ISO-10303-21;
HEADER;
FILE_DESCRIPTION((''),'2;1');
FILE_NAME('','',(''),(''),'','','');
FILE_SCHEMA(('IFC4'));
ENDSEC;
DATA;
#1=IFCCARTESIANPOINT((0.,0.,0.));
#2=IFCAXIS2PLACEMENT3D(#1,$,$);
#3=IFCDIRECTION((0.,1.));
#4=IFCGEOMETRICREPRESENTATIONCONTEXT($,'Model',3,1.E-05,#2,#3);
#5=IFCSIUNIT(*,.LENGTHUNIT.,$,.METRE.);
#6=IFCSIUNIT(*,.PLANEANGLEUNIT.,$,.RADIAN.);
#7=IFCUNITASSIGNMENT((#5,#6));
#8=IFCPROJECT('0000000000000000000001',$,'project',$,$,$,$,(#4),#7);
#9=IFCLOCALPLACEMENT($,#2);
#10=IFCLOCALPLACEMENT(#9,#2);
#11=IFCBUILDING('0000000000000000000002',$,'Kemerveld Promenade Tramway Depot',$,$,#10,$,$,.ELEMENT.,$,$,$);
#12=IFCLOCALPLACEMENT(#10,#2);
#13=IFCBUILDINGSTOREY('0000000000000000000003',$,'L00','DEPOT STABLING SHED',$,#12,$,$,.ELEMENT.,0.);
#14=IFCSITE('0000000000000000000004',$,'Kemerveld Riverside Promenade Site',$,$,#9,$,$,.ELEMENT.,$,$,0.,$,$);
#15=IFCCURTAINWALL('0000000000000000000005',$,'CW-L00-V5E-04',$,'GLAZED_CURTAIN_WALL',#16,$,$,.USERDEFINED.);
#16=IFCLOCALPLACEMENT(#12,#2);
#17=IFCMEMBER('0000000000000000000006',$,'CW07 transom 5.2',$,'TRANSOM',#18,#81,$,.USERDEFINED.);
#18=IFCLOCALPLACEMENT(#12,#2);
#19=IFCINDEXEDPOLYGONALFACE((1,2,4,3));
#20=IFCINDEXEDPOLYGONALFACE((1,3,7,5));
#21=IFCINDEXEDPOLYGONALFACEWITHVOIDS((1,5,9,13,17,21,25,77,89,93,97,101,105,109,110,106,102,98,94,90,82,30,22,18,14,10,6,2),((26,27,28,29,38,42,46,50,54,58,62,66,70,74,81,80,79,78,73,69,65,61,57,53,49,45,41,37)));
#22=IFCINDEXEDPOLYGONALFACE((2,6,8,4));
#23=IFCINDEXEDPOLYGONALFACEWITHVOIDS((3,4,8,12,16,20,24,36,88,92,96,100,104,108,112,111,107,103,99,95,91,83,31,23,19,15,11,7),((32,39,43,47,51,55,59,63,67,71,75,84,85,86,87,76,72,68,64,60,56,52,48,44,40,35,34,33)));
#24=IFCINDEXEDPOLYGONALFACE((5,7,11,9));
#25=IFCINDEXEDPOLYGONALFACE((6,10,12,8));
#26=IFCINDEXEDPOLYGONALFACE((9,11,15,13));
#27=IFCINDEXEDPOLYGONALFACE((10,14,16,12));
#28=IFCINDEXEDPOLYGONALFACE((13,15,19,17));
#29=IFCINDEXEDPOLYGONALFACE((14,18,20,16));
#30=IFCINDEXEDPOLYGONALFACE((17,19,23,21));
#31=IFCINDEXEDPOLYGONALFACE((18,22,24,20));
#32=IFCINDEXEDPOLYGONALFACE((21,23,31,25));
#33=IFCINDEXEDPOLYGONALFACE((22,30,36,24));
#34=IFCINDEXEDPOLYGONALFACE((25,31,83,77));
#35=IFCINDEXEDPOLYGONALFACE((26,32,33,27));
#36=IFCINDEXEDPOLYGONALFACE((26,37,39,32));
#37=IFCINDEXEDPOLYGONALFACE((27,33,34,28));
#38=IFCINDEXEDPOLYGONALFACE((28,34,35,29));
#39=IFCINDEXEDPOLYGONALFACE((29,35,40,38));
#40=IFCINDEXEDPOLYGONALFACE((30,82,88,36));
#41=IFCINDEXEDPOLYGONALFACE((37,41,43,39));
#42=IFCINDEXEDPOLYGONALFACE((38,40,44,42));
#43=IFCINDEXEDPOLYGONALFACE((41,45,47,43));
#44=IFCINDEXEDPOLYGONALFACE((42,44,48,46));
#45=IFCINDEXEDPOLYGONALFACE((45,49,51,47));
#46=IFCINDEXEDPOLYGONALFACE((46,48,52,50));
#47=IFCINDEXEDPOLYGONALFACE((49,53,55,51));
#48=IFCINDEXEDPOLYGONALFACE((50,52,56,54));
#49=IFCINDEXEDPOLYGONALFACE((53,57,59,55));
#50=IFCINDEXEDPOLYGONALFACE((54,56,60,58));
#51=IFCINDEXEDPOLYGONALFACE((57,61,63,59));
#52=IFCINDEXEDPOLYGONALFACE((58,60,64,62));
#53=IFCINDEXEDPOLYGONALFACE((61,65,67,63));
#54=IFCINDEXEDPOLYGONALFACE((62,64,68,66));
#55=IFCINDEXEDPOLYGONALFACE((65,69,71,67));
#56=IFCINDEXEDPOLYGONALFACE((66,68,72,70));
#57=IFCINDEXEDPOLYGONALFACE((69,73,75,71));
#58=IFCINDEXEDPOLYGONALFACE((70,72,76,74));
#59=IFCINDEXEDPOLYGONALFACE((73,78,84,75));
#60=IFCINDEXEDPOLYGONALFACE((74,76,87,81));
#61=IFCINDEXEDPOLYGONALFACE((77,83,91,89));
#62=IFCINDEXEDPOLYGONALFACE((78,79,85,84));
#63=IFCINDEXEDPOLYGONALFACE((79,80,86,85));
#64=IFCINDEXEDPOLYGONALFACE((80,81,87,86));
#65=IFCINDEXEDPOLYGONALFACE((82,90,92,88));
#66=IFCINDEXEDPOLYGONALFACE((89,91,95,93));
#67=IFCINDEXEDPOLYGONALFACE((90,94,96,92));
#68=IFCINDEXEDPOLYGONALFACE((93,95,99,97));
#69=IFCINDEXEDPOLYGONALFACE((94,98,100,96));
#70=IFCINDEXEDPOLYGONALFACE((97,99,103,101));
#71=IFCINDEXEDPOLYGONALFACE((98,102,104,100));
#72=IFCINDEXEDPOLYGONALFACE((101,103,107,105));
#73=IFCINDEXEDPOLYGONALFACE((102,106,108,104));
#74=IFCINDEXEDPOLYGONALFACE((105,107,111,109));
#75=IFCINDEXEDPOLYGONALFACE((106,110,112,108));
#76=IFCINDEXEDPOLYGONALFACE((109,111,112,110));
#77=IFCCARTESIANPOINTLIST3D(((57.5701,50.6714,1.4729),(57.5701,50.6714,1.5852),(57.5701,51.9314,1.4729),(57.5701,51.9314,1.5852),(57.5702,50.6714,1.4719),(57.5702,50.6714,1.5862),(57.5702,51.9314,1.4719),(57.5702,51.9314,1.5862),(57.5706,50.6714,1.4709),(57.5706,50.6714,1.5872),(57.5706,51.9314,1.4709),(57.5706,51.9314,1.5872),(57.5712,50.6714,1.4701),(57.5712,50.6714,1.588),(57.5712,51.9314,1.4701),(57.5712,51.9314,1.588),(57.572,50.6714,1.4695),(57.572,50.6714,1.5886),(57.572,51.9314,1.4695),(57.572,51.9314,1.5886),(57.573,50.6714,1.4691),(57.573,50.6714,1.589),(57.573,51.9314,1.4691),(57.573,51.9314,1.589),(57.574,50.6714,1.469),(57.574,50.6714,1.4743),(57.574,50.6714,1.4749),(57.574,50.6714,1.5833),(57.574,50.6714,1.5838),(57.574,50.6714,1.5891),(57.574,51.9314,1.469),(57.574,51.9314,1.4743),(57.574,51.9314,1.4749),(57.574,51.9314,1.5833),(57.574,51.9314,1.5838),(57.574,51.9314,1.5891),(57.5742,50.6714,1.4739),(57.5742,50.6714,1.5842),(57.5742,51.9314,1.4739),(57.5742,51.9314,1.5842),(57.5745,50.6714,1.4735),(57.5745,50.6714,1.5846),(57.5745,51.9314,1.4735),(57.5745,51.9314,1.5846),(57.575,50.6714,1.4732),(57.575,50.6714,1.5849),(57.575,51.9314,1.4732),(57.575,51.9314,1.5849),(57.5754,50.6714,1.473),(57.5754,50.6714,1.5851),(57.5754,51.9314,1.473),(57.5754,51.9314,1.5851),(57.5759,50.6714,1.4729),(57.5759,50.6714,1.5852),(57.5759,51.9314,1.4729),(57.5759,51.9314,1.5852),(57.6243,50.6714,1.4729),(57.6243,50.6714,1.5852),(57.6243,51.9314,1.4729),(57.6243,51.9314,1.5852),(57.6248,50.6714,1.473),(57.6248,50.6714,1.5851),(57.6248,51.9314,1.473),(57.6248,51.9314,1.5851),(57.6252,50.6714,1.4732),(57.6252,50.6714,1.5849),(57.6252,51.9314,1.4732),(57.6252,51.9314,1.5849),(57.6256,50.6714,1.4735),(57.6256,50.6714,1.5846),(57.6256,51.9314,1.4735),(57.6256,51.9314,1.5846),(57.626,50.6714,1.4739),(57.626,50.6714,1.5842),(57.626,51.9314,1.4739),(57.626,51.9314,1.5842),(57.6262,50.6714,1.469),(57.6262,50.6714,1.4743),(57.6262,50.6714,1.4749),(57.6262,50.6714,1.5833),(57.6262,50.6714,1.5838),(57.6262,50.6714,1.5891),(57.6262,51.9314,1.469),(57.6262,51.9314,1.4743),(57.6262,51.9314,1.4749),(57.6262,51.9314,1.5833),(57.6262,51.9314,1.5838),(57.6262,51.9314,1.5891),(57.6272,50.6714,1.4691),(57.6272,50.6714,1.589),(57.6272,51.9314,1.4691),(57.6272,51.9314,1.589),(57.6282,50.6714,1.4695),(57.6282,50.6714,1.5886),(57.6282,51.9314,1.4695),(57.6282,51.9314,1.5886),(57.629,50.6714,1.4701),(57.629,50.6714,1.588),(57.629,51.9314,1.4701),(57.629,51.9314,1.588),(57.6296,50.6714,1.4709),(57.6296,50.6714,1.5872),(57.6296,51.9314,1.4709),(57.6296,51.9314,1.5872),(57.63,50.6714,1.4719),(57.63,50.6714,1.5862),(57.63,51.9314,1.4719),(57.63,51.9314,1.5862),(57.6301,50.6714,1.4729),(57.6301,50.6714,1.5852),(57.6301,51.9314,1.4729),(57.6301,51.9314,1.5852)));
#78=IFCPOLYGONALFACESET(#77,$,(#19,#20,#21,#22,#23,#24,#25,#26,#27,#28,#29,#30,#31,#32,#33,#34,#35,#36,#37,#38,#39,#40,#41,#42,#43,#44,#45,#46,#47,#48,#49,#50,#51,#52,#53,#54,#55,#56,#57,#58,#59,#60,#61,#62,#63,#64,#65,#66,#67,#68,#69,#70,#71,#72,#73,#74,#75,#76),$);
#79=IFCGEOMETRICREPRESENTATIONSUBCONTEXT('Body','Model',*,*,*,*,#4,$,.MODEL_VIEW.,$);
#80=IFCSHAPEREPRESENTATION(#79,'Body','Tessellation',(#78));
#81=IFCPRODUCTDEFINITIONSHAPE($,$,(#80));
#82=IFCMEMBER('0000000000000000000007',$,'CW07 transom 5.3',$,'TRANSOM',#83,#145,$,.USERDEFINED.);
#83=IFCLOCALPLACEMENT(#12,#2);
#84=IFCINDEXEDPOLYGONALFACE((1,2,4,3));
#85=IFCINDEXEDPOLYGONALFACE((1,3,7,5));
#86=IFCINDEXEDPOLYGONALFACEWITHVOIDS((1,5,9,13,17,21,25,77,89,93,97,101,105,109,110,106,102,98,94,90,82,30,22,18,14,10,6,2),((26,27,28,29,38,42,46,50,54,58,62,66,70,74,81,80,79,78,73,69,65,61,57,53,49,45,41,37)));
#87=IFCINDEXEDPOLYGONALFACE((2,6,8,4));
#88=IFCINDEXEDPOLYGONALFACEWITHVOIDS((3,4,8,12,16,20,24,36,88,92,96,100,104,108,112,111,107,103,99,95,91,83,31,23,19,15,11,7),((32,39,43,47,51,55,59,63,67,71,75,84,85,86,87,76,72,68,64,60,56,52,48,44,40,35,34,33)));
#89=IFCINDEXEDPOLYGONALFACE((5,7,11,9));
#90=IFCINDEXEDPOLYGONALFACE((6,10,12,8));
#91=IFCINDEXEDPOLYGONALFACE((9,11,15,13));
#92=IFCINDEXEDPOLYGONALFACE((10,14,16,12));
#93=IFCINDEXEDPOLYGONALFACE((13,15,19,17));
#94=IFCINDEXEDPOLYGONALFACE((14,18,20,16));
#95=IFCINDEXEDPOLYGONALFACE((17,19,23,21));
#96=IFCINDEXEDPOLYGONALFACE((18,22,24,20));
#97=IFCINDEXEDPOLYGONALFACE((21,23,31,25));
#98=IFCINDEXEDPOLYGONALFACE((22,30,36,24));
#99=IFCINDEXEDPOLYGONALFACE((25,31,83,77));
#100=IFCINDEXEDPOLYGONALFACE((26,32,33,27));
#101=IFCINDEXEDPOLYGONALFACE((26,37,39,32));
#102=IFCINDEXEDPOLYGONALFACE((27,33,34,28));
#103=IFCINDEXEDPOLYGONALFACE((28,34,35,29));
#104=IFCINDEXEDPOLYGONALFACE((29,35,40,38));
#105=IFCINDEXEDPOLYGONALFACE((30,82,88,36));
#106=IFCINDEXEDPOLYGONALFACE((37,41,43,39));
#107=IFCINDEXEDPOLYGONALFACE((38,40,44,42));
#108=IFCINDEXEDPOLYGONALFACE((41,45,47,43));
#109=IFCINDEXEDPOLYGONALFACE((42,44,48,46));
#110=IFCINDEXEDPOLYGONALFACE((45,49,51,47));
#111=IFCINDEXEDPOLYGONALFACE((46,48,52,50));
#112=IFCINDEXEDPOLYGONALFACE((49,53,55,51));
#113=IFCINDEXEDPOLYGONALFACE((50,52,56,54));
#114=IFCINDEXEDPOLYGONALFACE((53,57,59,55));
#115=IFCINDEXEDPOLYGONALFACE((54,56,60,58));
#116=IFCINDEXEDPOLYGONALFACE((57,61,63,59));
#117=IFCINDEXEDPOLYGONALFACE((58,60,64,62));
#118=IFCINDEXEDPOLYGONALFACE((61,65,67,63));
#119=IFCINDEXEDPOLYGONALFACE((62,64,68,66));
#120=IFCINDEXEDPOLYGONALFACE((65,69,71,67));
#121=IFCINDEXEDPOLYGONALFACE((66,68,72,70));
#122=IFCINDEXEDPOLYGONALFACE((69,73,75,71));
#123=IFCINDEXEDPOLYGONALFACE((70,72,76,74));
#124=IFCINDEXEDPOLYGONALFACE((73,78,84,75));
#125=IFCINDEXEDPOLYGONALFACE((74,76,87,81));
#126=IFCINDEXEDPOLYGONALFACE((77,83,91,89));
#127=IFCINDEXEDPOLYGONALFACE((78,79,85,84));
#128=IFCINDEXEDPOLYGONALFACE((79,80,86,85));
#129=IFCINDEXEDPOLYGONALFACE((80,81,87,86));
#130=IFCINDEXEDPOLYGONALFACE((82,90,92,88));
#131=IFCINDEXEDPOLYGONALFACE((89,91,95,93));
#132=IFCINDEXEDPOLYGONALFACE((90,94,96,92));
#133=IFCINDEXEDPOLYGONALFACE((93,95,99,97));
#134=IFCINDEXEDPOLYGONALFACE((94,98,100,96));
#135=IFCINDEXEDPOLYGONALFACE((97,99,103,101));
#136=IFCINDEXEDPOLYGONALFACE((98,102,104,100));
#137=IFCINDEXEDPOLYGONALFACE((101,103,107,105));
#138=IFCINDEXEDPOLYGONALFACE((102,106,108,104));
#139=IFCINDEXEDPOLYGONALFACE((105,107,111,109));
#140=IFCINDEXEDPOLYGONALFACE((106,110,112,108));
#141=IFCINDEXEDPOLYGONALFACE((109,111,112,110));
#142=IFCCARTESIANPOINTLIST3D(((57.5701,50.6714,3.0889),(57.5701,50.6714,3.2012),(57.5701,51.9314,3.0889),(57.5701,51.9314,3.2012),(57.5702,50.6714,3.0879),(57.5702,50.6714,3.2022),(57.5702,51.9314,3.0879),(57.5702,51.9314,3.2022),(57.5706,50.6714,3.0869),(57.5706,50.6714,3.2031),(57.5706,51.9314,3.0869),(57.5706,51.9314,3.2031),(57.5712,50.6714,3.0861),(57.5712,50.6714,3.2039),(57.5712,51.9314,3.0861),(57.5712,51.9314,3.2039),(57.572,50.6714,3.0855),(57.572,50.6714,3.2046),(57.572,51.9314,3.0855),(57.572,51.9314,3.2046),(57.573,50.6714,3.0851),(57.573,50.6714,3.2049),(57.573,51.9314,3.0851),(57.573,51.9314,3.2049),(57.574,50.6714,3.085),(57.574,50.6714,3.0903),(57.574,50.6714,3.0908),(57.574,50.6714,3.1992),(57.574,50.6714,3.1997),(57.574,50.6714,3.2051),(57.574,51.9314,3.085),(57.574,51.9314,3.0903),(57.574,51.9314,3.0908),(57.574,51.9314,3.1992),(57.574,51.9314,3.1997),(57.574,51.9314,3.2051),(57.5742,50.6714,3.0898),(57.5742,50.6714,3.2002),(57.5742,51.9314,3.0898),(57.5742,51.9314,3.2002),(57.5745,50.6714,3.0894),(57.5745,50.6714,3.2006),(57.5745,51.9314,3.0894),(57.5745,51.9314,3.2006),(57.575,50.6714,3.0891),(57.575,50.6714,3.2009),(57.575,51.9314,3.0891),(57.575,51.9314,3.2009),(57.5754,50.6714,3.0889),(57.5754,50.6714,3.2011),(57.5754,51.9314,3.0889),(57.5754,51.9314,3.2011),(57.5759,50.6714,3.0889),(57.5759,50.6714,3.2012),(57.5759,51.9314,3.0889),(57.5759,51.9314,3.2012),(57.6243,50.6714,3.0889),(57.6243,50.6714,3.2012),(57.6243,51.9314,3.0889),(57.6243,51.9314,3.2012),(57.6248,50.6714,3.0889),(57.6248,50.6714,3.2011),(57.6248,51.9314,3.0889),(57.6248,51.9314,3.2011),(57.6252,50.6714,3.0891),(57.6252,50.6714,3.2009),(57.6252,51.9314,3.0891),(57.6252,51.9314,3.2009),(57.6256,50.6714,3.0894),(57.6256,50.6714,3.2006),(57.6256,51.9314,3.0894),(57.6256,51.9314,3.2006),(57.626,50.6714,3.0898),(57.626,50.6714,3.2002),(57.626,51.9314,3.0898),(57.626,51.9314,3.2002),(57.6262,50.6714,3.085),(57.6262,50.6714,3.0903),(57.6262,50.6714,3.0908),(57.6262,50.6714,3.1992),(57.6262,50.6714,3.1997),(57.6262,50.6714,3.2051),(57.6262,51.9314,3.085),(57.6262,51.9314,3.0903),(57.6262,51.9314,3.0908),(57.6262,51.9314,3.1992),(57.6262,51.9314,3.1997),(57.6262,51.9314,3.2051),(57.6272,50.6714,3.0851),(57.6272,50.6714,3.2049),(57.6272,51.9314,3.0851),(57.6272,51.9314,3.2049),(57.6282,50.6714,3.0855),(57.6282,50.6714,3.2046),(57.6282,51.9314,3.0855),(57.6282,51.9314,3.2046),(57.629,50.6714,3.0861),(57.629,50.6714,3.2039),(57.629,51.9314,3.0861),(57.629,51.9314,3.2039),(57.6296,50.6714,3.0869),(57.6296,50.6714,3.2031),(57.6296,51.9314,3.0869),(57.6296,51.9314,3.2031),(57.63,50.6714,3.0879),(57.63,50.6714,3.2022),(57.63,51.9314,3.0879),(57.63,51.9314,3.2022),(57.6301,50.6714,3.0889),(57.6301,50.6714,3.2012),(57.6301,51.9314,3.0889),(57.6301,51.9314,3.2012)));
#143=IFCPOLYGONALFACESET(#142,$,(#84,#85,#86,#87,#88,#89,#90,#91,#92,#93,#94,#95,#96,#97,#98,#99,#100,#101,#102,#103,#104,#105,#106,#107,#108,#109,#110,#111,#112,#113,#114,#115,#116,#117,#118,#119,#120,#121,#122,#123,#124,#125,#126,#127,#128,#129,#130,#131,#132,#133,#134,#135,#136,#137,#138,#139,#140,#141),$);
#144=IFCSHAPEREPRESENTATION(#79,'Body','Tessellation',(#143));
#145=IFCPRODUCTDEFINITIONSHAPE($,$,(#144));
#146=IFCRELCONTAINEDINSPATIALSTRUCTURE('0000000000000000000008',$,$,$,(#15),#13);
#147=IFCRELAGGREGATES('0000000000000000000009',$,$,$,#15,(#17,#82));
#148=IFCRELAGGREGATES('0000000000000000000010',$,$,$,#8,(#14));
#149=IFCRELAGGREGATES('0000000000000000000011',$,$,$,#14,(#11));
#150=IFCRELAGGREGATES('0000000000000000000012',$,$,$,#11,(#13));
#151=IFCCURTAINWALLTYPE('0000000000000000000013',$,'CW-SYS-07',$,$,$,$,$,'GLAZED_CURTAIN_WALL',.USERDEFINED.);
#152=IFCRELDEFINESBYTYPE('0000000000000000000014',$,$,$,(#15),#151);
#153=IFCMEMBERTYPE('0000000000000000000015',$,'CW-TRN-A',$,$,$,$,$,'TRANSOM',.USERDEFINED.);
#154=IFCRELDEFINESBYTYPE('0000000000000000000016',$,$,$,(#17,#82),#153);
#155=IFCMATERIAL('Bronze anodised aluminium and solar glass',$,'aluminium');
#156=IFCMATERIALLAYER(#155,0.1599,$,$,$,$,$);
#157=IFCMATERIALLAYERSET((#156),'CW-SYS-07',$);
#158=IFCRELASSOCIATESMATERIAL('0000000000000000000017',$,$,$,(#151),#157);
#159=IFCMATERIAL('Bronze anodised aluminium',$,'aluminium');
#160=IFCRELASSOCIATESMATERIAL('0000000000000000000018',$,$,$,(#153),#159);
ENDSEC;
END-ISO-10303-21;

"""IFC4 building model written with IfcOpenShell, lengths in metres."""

from ifc_helpers import new_model, si_unit, direction, frame, origin, origin_2d, place, context, subcontext, project, spatial, hollow_rectangle, extrude, material, layer, layer_set, material_profile, profile_set, type_object, element, aggregate, save


model = new_model("IFC4")

# Units and contexts
model_context = context("Model", 3, precision=1e-05, world=origin(), true_north=direction((0.0, 1.0)))
body_context = subcontext(model_context, "Body", "Model", "MODEL_VIEW")
ifc_project = project(units=[si_unit("LENGTHUNIT", "METRE"), si_unit("PLANEANGLEUNIT", "RADIAN")], contexts=[model_context])

# Site, building, storey
site_placement = place(None, origin())
site = spatial("IfcSite", under=ifc_project, at=site_placement, Name="Kemerveld Riverside Promenade Site", CompositionType="ELEMENT", RefElevation=0.0)
building_placement = place(site_placement, origin())
building = spatial("IfcBuilding", under=site, at=building_placement, Name="Kemerveld Promenade Tramway Depot", CompositionType="ELEMENT")
storey_placement = place(building_placement, origin())
storey = spatial("IfcBuildingStorey", under=building, at=storey_placement, Name="L00", Description="DEPOT STABLING SHED", CompositionType="ELEMENT", Elevation=0.0)

# Curtain wall
ifc_material_1 = material(Name="Bronze anodised aluminium and solar glass", Category="aluminium")
ifc_layer_1 = layer(ifc_material_1, 0.1599)
ifc_layer_set_1 = layer_set([ifc_layer_1], Name="CW-SYS-07")
curtain_wall_type_1 = type_object("IfcCurtainWallType", Name="CW-SYS-07", ElementType="GLAZED_CURTAIN_WALL", PredefinedType="USERDEFINED", material=ifc_layer_set_1)
curtain_wall_1_placement = place(storey_placement, origin())
curtain_wall_1 = element("IfcCurtainWall", 1, at=curtain_wall_1_placement, inside=storey, type_object=curtain_wall_type_1, Name="CW-L00-V5E-04", ObjectType="GLAZED_CURTAIN_WALL", PredefinedType="USERDEFINED")
ifc_material_2 = material(Name="Bronze anodised aluminium", Category="aluminium")

# Members
ifc_material_profile_1 = material_profile(ifc_material_2, hollow_rectangle(XDim=0.0601, YDim=0.1201, WallThickness=0.0039, InnerFilletRadius=0.002, OuterFilletRadius=0.0039, at=origin_2d()), Name="CW-TRN-120x60")
ifc_profile_set_1 = profile_set([ifc_material_profile_1], Name="Bronze anodised aluminium")
member_type_1 = type_object("IfcMemberType", Name="CW-TRN-A", ElementType="TRANSOM", PredefinedType="USERDEFINED", material=ifc_profile_set_1)
member_1_placement = place(storey_placement, frame((57.6001, 51.9314, 1.5291), z_axis=(0.0, -1.0, 0.0), x_axis=(1.0, 0.0, 0.0)))
member_1 = element("IfcMember", 2, at=member_1_placement, type_object=member_type_1, Name="CW07 transom 5.2", ObjectType="TRANSOM", PredefinedType="USERDEFINED", context=body_context, shape_type="SweptSolid", body=[
    extrude(hollow_rectangle(XDim=0.0601, YDim=0.1201, WallThickness=0.0039, InnerFilletRadius=0.002, OuterFilletRadius=0.0039, at=origin_2d()), origin(), (0.0, 0.0, 1.0), 1.26),
])
member_2_placement = place(storey_placement, frame((57.6001, 51.9314, 3.145), z_axis=(0.0, -1.0, 0.0), x_axis=(1.0, 0.0, 0.0)))
member_2 = element("IfcMember", 3, at=member_2_placement, type_object=member_type_1, Name="CW07 transom 5.3", ObjectType="TRANSOM", PredefinedType="USERDEFINED", context=body_context, shape_type="SweptSolid", body=[
    extrude(hollow_rectangle(XDim=0.0601, YDim=0.1201, WallThickness=0.0039, InnerFilletRadius=0.002, OuterFilletRadius=0.0039, at=origin_2d()), origin(), (0.0, 0.0, 1.0), 1.26),
])

aggregate(curtain_wall_1, [member_1, member_2])

save(model, "model.ifc")
